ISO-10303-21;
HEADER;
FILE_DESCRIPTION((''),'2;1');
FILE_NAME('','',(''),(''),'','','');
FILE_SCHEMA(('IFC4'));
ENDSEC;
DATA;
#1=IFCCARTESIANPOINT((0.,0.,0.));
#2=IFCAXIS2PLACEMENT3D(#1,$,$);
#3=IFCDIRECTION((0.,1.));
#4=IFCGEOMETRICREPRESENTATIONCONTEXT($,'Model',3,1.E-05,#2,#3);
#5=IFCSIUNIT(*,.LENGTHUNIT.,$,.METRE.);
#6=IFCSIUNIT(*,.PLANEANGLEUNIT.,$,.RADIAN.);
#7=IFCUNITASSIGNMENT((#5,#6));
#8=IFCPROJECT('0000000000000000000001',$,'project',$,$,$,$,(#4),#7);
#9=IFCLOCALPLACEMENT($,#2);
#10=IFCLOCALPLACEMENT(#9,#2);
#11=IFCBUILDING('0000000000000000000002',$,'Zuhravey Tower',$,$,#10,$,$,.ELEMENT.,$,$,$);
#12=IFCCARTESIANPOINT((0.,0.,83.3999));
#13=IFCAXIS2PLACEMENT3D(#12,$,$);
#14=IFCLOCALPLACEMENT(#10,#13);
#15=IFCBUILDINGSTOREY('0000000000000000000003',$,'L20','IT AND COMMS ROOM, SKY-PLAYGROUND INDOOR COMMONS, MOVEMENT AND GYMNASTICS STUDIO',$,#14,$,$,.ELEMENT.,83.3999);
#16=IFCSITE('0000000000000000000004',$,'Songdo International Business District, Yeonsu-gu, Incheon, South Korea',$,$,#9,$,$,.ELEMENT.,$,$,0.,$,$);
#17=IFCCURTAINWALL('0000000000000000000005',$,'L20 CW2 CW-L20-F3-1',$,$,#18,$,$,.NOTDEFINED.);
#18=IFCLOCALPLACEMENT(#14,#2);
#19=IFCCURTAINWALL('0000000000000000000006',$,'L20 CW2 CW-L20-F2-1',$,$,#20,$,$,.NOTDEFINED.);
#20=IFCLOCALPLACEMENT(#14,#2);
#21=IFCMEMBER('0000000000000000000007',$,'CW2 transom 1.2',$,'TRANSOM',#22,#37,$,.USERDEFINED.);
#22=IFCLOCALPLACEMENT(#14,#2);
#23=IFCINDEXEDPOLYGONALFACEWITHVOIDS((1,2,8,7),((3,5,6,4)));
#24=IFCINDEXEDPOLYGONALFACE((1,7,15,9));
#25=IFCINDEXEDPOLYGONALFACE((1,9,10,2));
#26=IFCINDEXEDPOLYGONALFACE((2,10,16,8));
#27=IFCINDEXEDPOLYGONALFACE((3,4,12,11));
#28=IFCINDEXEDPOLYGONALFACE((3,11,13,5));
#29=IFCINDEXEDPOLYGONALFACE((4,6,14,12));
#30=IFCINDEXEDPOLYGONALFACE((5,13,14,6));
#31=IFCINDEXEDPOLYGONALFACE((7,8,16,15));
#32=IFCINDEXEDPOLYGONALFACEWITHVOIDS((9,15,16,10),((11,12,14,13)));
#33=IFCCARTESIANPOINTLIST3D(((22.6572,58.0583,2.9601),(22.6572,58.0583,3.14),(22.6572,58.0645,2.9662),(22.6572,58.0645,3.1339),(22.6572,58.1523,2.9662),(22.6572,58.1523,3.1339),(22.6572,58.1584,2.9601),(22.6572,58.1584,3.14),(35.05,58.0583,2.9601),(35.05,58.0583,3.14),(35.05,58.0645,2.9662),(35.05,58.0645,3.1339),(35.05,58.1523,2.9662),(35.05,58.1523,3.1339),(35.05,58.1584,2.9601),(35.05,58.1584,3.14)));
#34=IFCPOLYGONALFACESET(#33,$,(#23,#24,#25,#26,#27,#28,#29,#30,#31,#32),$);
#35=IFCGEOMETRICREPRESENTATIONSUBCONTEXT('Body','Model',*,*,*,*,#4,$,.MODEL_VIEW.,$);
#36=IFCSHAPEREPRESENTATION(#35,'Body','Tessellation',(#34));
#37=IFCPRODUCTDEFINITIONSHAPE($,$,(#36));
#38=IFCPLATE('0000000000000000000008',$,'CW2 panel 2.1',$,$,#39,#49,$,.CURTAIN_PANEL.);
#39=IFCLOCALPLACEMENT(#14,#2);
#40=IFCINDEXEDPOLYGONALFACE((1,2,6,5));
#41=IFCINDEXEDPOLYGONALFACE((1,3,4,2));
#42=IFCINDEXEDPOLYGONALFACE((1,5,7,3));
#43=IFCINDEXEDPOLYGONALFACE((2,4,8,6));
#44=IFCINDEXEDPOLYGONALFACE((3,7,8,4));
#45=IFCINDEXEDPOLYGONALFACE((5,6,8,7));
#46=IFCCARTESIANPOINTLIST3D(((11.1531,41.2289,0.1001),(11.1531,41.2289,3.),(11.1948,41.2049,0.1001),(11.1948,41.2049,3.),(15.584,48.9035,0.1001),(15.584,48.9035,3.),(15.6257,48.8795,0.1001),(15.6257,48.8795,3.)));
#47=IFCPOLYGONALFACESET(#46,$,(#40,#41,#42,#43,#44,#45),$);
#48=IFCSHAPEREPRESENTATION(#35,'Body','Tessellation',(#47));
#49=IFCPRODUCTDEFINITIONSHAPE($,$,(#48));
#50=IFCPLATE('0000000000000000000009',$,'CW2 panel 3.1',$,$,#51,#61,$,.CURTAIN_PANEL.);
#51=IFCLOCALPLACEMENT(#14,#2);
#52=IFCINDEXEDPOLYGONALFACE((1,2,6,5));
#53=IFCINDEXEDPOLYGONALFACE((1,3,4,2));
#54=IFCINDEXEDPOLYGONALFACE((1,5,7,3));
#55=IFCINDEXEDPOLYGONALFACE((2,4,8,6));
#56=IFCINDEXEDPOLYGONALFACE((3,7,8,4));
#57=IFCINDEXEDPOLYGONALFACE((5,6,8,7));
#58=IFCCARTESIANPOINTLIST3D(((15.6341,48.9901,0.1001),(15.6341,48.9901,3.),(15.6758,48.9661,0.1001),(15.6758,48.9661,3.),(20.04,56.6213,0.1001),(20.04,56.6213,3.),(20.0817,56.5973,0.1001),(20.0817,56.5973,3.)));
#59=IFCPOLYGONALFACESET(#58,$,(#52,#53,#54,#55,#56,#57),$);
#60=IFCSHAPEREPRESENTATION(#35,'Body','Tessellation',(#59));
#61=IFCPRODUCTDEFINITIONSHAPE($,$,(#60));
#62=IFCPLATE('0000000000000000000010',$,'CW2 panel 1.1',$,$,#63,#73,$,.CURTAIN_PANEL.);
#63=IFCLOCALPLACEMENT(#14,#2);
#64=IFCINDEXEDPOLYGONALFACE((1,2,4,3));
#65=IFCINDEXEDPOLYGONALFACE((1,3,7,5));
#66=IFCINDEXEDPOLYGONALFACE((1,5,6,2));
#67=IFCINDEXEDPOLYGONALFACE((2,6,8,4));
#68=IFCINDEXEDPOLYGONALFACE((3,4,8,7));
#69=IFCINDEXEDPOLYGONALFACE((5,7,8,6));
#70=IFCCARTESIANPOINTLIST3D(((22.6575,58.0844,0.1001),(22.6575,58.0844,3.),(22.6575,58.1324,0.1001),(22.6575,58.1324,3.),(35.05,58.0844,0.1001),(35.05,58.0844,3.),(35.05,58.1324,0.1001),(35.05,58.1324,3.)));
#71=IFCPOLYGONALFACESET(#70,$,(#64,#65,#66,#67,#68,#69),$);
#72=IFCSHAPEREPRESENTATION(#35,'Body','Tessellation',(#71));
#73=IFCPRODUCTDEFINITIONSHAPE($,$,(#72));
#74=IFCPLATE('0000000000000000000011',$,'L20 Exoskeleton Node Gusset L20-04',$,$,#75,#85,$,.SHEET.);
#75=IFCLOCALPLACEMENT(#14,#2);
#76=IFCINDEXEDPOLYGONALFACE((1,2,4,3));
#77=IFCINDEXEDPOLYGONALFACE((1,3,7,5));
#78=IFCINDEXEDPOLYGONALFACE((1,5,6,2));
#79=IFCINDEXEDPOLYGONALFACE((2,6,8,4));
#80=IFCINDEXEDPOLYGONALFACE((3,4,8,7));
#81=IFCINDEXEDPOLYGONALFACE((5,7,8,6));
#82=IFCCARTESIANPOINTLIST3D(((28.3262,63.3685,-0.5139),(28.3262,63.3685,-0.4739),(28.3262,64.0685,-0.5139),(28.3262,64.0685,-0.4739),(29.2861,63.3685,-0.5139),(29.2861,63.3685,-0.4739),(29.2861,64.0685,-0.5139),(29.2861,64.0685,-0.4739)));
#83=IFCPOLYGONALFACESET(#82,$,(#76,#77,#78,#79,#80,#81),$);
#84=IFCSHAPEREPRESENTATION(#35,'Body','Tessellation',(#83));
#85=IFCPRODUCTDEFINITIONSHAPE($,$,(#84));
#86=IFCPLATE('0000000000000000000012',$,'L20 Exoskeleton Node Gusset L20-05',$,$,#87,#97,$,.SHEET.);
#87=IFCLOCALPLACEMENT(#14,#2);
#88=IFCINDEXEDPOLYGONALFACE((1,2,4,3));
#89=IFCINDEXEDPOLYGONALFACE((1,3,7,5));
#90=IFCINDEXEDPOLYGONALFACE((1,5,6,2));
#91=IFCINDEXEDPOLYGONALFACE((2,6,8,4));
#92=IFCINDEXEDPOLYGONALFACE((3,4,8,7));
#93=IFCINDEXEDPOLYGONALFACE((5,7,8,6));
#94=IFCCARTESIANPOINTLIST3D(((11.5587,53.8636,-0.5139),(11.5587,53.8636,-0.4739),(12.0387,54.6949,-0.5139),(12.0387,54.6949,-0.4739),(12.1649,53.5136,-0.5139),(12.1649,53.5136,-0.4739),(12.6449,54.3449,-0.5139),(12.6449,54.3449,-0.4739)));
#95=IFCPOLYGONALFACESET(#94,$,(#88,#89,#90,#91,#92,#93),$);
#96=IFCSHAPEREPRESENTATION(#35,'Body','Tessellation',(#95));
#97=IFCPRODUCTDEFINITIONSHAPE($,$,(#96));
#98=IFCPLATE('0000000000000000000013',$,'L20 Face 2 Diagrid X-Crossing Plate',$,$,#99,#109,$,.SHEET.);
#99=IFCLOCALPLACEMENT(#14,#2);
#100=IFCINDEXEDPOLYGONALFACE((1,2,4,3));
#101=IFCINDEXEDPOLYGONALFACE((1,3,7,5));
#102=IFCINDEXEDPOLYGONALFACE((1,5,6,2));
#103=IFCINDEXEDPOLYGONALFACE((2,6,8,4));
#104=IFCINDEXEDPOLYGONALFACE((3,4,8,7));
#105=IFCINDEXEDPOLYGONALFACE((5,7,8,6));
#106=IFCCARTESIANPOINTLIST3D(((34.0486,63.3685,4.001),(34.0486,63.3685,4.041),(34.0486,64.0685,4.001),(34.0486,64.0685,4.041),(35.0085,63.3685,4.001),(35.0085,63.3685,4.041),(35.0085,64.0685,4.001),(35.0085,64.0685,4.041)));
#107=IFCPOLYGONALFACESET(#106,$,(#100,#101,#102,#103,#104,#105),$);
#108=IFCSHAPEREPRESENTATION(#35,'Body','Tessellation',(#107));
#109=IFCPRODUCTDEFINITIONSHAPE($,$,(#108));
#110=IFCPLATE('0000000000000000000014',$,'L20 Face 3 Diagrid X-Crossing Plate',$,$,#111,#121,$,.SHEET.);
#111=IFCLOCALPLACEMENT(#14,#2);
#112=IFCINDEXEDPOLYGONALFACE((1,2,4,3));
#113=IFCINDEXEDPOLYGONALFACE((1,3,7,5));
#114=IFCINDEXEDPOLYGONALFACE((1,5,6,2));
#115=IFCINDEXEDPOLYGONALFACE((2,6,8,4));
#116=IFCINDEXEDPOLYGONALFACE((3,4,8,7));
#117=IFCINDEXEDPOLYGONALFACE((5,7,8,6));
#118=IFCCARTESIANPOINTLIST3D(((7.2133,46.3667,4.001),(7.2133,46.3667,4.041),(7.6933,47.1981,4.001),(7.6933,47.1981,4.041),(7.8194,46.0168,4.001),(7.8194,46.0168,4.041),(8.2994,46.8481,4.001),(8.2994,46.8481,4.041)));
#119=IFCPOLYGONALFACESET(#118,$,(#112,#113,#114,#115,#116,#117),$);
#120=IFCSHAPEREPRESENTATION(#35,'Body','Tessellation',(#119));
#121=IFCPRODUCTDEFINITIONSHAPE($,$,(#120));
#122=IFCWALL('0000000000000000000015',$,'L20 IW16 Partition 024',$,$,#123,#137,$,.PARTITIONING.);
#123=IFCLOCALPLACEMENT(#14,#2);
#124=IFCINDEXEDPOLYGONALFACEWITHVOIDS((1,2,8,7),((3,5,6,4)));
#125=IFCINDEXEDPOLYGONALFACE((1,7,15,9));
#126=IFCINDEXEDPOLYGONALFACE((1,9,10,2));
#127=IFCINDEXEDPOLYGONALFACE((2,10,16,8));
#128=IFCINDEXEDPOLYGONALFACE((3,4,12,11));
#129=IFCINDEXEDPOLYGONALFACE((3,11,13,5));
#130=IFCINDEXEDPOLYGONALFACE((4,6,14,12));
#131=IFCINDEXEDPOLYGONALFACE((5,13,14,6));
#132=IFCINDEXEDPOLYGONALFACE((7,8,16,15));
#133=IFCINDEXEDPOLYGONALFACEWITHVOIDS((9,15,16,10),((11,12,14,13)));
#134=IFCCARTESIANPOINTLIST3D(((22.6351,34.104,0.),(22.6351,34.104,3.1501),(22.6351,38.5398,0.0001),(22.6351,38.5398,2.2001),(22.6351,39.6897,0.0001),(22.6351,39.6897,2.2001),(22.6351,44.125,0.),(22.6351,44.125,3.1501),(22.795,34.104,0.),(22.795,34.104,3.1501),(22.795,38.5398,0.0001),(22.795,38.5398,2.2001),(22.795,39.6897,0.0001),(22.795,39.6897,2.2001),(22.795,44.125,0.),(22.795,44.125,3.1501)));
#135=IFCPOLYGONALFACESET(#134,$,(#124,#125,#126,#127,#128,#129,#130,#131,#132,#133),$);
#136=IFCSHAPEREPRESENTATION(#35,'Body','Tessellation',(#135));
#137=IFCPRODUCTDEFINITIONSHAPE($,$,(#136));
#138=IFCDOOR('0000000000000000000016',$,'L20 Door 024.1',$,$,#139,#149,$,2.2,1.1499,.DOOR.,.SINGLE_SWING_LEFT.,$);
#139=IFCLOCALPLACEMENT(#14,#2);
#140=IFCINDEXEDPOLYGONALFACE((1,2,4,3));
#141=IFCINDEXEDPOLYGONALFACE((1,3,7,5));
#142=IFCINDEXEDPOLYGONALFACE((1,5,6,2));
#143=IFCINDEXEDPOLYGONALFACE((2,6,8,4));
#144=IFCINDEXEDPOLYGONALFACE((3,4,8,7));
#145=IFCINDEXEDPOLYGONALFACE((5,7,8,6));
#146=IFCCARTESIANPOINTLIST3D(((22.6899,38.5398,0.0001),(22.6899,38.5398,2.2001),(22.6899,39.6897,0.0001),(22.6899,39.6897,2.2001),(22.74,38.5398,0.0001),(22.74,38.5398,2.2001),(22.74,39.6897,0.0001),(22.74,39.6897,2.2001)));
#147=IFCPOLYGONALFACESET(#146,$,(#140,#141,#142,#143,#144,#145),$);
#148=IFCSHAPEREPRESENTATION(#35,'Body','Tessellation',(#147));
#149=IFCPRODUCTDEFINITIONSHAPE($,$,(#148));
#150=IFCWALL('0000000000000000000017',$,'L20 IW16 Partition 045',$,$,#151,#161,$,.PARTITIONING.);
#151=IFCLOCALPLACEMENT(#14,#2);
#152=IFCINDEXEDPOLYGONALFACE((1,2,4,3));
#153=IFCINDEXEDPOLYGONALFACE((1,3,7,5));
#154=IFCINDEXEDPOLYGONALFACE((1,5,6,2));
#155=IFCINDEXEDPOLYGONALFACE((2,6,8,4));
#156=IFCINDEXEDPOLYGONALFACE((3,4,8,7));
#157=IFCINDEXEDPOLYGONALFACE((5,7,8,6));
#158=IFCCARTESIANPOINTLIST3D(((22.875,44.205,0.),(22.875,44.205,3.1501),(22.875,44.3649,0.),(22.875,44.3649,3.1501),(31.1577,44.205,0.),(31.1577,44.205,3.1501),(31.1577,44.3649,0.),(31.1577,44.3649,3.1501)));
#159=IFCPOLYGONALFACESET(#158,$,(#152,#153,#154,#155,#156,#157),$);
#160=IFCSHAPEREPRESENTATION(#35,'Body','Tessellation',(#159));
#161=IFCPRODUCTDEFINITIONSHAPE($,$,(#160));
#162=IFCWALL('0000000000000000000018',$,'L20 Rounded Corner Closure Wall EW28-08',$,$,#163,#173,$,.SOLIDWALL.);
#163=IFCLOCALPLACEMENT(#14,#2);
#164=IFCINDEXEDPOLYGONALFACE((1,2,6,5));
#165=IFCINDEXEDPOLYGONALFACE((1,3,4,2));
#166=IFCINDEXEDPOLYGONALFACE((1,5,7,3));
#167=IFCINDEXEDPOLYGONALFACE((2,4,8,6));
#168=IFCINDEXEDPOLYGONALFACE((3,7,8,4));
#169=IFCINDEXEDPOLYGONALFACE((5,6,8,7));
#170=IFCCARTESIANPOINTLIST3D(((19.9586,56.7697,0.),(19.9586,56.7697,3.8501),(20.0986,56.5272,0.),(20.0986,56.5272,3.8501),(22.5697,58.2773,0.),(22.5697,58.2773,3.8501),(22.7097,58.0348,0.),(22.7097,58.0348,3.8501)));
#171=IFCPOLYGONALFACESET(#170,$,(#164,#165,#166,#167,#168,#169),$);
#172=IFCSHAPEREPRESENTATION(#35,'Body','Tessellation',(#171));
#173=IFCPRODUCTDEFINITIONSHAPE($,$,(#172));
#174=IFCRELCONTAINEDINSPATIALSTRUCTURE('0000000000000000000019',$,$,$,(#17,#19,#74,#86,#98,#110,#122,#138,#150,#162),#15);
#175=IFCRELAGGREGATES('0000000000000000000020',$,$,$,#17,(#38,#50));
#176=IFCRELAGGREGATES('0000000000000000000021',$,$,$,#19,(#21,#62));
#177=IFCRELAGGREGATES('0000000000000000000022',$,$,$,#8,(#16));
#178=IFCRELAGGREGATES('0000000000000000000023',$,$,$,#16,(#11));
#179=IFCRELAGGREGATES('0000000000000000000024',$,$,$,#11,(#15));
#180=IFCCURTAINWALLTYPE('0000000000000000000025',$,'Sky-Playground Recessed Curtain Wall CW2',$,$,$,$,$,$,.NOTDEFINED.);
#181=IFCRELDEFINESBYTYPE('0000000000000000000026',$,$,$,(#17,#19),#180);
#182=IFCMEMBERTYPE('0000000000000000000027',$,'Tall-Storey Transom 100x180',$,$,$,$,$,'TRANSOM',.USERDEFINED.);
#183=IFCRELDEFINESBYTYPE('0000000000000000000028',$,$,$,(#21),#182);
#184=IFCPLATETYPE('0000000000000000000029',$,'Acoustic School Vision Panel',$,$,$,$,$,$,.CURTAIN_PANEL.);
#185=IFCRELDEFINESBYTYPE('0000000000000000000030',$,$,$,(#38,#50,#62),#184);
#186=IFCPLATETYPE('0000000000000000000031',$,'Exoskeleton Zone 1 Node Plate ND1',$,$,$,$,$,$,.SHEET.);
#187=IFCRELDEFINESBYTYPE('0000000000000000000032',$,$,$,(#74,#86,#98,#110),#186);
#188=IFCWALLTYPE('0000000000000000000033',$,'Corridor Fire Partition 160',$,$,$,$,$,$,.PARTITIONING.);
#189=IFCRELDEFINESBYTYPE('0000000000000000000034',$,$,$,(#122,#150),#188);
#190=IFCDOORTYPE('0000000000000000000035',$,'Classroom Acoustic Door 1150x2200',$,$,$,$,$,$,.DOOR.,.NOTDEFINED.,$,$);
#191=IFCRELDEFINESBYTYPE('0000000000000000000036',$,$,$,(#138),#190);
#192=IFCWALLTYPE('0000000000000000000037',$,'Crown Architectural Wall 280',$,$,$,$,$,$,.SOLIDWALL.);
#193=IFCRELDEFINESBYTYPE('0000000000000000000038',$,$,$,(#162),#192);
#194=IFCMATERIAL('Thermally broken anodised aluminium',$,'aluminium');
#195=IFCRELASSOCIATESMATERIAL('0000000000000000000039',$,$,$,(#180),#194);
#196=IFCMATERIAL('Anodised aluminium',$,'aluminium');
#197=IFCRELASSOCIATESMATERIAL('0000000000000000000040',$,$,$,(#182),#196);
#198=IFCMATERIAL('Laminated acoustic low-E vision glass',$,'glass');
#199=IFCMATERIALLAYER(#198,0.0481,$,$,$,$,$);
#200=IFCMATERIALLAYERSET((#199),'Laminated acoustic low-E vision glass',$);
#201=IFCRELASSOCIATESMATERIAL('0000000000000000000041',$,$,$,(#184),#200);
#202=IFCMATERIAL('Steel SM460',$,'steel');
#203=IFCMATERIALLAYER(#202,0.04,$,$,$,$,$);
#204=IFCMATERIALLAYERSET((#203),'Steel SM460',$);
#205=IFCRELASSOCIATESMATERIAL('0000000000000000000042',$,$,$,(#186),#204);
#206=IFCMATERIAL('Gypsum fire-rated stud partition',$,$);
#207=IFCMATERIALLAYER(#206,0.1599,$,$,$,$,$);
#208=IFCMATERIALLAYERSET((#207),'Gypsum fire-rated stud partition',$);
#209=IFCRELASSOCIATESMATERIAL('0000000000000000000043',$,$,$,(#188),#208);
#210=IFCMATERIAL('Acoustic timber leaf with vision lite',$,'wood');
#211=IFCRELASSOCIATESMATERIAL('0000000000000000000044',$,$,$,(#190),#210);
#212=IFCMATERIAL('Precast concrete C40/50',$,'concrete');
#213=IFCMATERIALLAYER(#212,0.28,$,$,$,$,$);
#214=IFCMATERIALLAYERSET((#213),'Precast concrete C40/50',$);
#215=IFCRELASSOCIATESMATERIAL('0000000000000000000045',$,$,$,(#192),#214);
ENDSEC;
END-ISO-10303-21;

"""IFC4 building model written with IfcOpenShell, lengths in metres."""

from ifc_helpers import new_model, si_unit, direction, frame, frame_2d, origin, origin_2d, place, context, subcontext, project, spatial, rectangle, hollow_rectangle, extrude, material, layer, layer_set, material_profile, profile_set, type_object, element, fill, aggregate, save


model = new_model("IFC4")

# Units and contexts
model_context = context("Model", 3, precision=1e-05, world=origin(), true_north=direction((0.0, 1.0)))
body_context = subcontext(model_context, "Body", "Model", "MODEL_VIEW")
ifc_project = project(units=[si_unit("LENGTHUNIT", "METRE"), si_unit("PLANEANGLEUNIT", "RADIAN")], contexts=[model_context])

# Site, building, storey
site_placement = place(None, origin())
site = spatial("IfcSite", under=ifc_project, at=site_placement, Name="Songdo International Business District, Yeonsu-gu, Incheon, South Korea", CompositionType="ELEMENT", RefElevation=0.0)
building_placement = place(site_placement, origin())
building = spatial("IfcBuilding", under=site, at=building_placement, Name="Zuhravey Tower", CompositionType="ELEMENT")
storey_placement = place(building_placement, frame((0.0, 0.0, 83.3999)))
storey = spatial("IfcBuildingStorey", under=building, at=storey_placement, Name="L20", Description="IT AND COMMS ROOM, SKY-PLAYGROUND INDOOR COMMONS, MOVEMENT AND GYMNASTICS STUDIO", CompositionType="ELEMENT", Elevation=83.3999)

# Shared definitions
ifc_material_1 = material(Name="Steel SM460", Category="steel")

# Curtain walls
ifc_material_2 = material(Name="Thermally broken anodised aluminium", Category="aluminium")
curtain_wall_type = type_object("IfcCurtainWallType", Name="Sky-Playground Recessed Curtain Wall CW2", PredefinedType="NOTDEFINED", material=ifc_material_2)
curtain_wall_1_placement = place(storey_placement, origin())
curtain_wall_1 = element("IfcCurtainWall", 1, at=curtain_wall_1_placement, inside=storey, type_object=curtain_wall_type, Name="L20 CW2 CW-L20-F3-1", PredefinedType="NOTDEFINED")
ifc_material_3 = material(Name="Anodised aluminium", Category="aluminium")
curtain_wall_2_placement = place(storey_placement, origin())
curtain_wall_2 = element("IfcCurtainWall", 2, at=curtain_wall_2_placement, inside=storey, type_object=curtain_wall_type, Name="L20 CW2 CW-L20-F2-1", PredefinedType="NOTDEFINED")

# Member
ifc_material_profile_1 = material_profile(ifc_material_3, hollow_rectangle(XDim=0.1001, YDim=0.1799, WallThickness=0.0061, at=origin_2d()), Name="ALU-RHS-100x180x6")
ifc_profile_set_1 = profile_set([ifc_material_profile_1], Name="Anodised aluminium")
member_type_1 = type_object("IfcMemberType", Name="Tall-Storey Transom 100x180", ElementType="TRANSOM", PredefinedType="USERDEFINED", material=ifc_profile_set_1)
member_1_placement = place(storey_placement, frame((22.6572, 58.1084, 3.05), z_axis=(1.0, 0.0, 0.0), x_axis=(0.0, 1.0, 0.0)))
member_1 = element("IfcMember", 3, at=member_1_placement, type_object=member_type_1, Name="CW2 transom 1.2", ObjectType="TRANSOM", PredefinedType="USERDEFINED", context=body_context, shape_type="SweptSolid", body=[
    extrude(hollow_rectangle(XDim=0.1001, YDim=0.1799, WallThickness=0.0061, at=origin_2d()), origin(), (0.0, 0.0, 1.0), 12.3928),
])

# Plates
ifc_material_4 = material(Name="Laminated acoustic low-E vision glass", Category="glass")
ifc_layer_1 = layer(ifc_material_4, 0.0481)
ifc_layer_set_1 = layer_set([ifc_layer_1], Name="Laminated acoustic low-E vision glass")
plate_type_1 = type_object("IfcPlateType", Name="Acoustic School Vision Panel", PredefinedType="CURTAIN_PANEL", material=ifc_layer_set_1)
plate_1_placement = place(storey_placement, frame((13.3894, 45.0542, 0.1001), z_axis=(0.0, 0.0, 1.0), x_axis=(0.499999, 0.866026, 0.0)))
plate_1 = element("IfcPlate", 4, at=plate_1_placement, type_object=plate_type_1, Name="CW2 panel 2.1", PredefinedType="CURTAIN_PANEL", context=body_context, shape_type="SweptSolid", body=[
    extrude(rectangle(XDim=8.8618, YDim=0.0481, at=origin_2d()), origin(), (0.0, 0.0, 1.0), 2.8999),
])
plate_2_placement = place(storey_placement, frame((17.8579, 52.7937, 0.1001), z_axis=(0.0, 0.0, 1.0), x_axis=(0.499999, 0.866026, 0.0)))
plate_2 = element("IfcPlate", 5, at=plate_2_placement, type_object=plate_type_1, Name="CW2 panel 3.1", PredefinedType="CURTAIN_PANEL", context=body_context, shape_type="SweptSolid", body=[
    extrude(rectangle(XDim=8.8118, YDim=0.0481, at=origin_2d()), origin(), (0.0, 0.0, 1.0), 2.8999),
])
aggregate(curtain_wall_1, [plate_1, plate_2])
plate_3_placement = place(storey_placement, frame((28.8538, 58.1084, 0.1001), z_axis=(0.0, 0.0, 1.0), x_axis=(1.0, 0.0, 0.0)))
plate_3 = element("IfcPlate", 6, at=plate_3_placement, type_object=plate_type_1, Name="CW2 panel 1.1", PredefinedType="CURTAIN_PANEL", context=body_context, shape_type="SweptSolid", body=[
    extrude(rectangle(XDim=12.3926, YDim=0.0481, at=origin_2d()), origin(), (0.0, 0.0, 1.0), 2.8999),
])
aggregate(curtain_wall_2, [member_1, plate_3])

# Plates
ifc_layer_2 = layer(ifc_material_1, 0.04)
ifc_layer_set_2 = layer_set([ifc_layer_2], Name="Steel SM460")
plate_type_2 = type_object("IfcPlateType", Name="Exoskeleton Zone 1 Node Plate ND1", PredefinedType="SHEET", material=ifc_layer_set_2)
for number, where, z_axis, x_axis, name in (
    (7, (28.8062, 63.7185, -0.5139), (0.0, 0.0, 1.0), (-1.0, 0.0, 0.0), "L20 Exoskeleton Node Gusset L20-04"),
    (8, (12.1018, 54.1042, -0.5139), (0.0, 0.0, 1.0), (-0.5, -0.866025, 0.0), "L20 Exoskeleton Node Gusset L20-05"),
    (9, (34.5286, 63.7185, 4.001), (0.0, 0.0, 1.0), (-1.0, 0.0, 0.0), "L20 Face 2 Diagrid X-Crossing Plate"),
    (10, (7.7563, 46.6074, 4.001), (0.0, 0.0, 1.0), (-0.5, -0.866025, 0.0), "L20 Face 3 Diagrid X-Crossing Plate"),
):
    element("IfcPlate", number, at=place(storey_placement, frame(where, z_axis=z_axis, x_axis=x_axis)), inside=storey, type_object=plate_type_2, Name=name, PredefinedType="SHEET", context=body_context, shape_type="SweptSolid", body=[
        extrude(rectangle(XDim=0.96, YDim=0.7, at=origin_2d()), origin(), (0.0, 0.0, 1.0), 0.04),
    ])

# Wall, opening, door
ifc_material_5 = material(Name="Gypsum fire-rated stud partition")
ifc_layer_3 = layer(ifc_material_5, 0.1599)
ifc_layer_set_3 = layer_set([ifc_layer_3], Name="Gypsum fire-rated stud partition")
wall_type_1 = type_object("IfcWallType", Name="Corridor Fire Partition 160", PredefinedType="PARTITIONING", material=ifc_layer_set_3)
wall_1_placement = place(storey_placement, frame((22.7151, 44.125, 0.0), z_axis=(0.0, 0.0, 1.0), x_axis=(0.0, -1.0, 0.0)))
wall_1 = element("IfcWall", 11, at=wall_1_placement, inside=storey, type_object=wall_type_1, Name="L20 IW16 Partition 024", PredefinedType="PARTITIONING", context=body_context, shape_type="SweptSolid", body=[
    extrude(rectangle(XDim=10.021, YDim=0.1599, at=frame_2d((5.0105, 0.0))), origin(), (0.0, 0.0, 1.0), 3.1501),
])
opening_1_placement = place(wall_1_placement, frame((4.4353, 0.0, 0.0)))
opening_1 = element("IfcOpeningElement", 12, at=opening_1_placement, cuts=wall_1, PredefinedType="OPENING", context=body_context, shape_type="SweptSolid", body=[
    extrude(rectangle(XDim=1.1499, YDim=2.2, at=frame_2d((0.575, 1.1001))), frame((0.0, 0.092, 0.0), z_axis=(0.0, -1.0, 0.0), x_axis=(1.0, 0.0, 0.0)), (0.0, 0.0, 1.0), 0.1838),
])
ifc_material_6 = material(Name="Acoustic timber leaf with vision lite", Category="wood")
door_type_1 = type_object("IfcDoorType", Name="Classroom Acoustic Door 1150x2200", OperationType="NOTDEFINED", PredefinedType="DOOR", material=ifc_material_6)
door_1_placement = place(opening_1_placement, origin())
door_1 = element("IfcDoor", 13, at=door_1_placement, inside=storey, type_object=door_type_1, Name="L20 Door 024.1", OperationType="SINGLE_SWING_LEFT", OverallHeight=2.2, OverallWidth=1.1499, PredefinedType="DOOR", context=body_context, shape_type="SweptSolid", body=[
    extrude(rectangle(XDim=1.1499, YDim=2.2, at=frame_2d((0.575, 1.1001))), frame((0.0, 0.0249, 0.0), z_axis=(0.0, -1.0, 0.0), x_axis=(1.0, 0.0, 0.0)), (0.0, 0.0, 1.0), 0.05),
])
fill(opening_1, door_1)

# Walls
wall_2_placement = place(storey_placement, frame((31.1577, 44.2849, 0.0), z_axis=(0.0, 0.0, 1.0), x_axis=(-1.0, 0.0, 0.0)))
element("IfcWall", 14, at=wall_2_placement, inside=storey, type_object=wall_type_1, Name="L20 IW16 Partition 045", PredefinedType="PARTITIONING", context=body_context, shape_type="SweptSolid", body=[
    extrude(rectangle(XDim=8.2827, YDim=0.1599, at=frame_2d((4.1414, 0.0))), origin(), (0.0, 0.0, 1.0), 3.1501),
])
ifc_material_7 = material(Name="Precast concrete C40/50", Category="concrete")
ifc_layer_4 = layer(ifc_material_7, 0.28)
ifc_layer_set_4 = layer_set([ifc_layer_4], Name="Precast concrete C40/50")
wall_type_2 = type_object("IfcWallType", Name="Crown Architectural Wall 280", PredefinedType="SOLIDWALL", material=ifc_layer_set_4)
wall_3_placement = place(storey_placement, frame((20.0286, 56.6484, 0.0), z_axis=(0.0, 0.0, 1.0), x_axis=(0.866017, 0.500015, 0.0)))
element("IfcWall", 15, at=wall_3_placement, inside=storey, type_object=wall_type_2, Name="L20 Rounded Corner Closure Wall EW28-08", PredefinedType="SOLIDWALL", context=body_context, shape_type="SweptSolid", body=[
    extrude(rectangle(XDim=3.0151, YDim=0.28, at=frame_2d((1.5076, 0.0))), origin(), (0.0, 0.0, 1.0), 3.8501),
])

save(model, "model.ifc")
